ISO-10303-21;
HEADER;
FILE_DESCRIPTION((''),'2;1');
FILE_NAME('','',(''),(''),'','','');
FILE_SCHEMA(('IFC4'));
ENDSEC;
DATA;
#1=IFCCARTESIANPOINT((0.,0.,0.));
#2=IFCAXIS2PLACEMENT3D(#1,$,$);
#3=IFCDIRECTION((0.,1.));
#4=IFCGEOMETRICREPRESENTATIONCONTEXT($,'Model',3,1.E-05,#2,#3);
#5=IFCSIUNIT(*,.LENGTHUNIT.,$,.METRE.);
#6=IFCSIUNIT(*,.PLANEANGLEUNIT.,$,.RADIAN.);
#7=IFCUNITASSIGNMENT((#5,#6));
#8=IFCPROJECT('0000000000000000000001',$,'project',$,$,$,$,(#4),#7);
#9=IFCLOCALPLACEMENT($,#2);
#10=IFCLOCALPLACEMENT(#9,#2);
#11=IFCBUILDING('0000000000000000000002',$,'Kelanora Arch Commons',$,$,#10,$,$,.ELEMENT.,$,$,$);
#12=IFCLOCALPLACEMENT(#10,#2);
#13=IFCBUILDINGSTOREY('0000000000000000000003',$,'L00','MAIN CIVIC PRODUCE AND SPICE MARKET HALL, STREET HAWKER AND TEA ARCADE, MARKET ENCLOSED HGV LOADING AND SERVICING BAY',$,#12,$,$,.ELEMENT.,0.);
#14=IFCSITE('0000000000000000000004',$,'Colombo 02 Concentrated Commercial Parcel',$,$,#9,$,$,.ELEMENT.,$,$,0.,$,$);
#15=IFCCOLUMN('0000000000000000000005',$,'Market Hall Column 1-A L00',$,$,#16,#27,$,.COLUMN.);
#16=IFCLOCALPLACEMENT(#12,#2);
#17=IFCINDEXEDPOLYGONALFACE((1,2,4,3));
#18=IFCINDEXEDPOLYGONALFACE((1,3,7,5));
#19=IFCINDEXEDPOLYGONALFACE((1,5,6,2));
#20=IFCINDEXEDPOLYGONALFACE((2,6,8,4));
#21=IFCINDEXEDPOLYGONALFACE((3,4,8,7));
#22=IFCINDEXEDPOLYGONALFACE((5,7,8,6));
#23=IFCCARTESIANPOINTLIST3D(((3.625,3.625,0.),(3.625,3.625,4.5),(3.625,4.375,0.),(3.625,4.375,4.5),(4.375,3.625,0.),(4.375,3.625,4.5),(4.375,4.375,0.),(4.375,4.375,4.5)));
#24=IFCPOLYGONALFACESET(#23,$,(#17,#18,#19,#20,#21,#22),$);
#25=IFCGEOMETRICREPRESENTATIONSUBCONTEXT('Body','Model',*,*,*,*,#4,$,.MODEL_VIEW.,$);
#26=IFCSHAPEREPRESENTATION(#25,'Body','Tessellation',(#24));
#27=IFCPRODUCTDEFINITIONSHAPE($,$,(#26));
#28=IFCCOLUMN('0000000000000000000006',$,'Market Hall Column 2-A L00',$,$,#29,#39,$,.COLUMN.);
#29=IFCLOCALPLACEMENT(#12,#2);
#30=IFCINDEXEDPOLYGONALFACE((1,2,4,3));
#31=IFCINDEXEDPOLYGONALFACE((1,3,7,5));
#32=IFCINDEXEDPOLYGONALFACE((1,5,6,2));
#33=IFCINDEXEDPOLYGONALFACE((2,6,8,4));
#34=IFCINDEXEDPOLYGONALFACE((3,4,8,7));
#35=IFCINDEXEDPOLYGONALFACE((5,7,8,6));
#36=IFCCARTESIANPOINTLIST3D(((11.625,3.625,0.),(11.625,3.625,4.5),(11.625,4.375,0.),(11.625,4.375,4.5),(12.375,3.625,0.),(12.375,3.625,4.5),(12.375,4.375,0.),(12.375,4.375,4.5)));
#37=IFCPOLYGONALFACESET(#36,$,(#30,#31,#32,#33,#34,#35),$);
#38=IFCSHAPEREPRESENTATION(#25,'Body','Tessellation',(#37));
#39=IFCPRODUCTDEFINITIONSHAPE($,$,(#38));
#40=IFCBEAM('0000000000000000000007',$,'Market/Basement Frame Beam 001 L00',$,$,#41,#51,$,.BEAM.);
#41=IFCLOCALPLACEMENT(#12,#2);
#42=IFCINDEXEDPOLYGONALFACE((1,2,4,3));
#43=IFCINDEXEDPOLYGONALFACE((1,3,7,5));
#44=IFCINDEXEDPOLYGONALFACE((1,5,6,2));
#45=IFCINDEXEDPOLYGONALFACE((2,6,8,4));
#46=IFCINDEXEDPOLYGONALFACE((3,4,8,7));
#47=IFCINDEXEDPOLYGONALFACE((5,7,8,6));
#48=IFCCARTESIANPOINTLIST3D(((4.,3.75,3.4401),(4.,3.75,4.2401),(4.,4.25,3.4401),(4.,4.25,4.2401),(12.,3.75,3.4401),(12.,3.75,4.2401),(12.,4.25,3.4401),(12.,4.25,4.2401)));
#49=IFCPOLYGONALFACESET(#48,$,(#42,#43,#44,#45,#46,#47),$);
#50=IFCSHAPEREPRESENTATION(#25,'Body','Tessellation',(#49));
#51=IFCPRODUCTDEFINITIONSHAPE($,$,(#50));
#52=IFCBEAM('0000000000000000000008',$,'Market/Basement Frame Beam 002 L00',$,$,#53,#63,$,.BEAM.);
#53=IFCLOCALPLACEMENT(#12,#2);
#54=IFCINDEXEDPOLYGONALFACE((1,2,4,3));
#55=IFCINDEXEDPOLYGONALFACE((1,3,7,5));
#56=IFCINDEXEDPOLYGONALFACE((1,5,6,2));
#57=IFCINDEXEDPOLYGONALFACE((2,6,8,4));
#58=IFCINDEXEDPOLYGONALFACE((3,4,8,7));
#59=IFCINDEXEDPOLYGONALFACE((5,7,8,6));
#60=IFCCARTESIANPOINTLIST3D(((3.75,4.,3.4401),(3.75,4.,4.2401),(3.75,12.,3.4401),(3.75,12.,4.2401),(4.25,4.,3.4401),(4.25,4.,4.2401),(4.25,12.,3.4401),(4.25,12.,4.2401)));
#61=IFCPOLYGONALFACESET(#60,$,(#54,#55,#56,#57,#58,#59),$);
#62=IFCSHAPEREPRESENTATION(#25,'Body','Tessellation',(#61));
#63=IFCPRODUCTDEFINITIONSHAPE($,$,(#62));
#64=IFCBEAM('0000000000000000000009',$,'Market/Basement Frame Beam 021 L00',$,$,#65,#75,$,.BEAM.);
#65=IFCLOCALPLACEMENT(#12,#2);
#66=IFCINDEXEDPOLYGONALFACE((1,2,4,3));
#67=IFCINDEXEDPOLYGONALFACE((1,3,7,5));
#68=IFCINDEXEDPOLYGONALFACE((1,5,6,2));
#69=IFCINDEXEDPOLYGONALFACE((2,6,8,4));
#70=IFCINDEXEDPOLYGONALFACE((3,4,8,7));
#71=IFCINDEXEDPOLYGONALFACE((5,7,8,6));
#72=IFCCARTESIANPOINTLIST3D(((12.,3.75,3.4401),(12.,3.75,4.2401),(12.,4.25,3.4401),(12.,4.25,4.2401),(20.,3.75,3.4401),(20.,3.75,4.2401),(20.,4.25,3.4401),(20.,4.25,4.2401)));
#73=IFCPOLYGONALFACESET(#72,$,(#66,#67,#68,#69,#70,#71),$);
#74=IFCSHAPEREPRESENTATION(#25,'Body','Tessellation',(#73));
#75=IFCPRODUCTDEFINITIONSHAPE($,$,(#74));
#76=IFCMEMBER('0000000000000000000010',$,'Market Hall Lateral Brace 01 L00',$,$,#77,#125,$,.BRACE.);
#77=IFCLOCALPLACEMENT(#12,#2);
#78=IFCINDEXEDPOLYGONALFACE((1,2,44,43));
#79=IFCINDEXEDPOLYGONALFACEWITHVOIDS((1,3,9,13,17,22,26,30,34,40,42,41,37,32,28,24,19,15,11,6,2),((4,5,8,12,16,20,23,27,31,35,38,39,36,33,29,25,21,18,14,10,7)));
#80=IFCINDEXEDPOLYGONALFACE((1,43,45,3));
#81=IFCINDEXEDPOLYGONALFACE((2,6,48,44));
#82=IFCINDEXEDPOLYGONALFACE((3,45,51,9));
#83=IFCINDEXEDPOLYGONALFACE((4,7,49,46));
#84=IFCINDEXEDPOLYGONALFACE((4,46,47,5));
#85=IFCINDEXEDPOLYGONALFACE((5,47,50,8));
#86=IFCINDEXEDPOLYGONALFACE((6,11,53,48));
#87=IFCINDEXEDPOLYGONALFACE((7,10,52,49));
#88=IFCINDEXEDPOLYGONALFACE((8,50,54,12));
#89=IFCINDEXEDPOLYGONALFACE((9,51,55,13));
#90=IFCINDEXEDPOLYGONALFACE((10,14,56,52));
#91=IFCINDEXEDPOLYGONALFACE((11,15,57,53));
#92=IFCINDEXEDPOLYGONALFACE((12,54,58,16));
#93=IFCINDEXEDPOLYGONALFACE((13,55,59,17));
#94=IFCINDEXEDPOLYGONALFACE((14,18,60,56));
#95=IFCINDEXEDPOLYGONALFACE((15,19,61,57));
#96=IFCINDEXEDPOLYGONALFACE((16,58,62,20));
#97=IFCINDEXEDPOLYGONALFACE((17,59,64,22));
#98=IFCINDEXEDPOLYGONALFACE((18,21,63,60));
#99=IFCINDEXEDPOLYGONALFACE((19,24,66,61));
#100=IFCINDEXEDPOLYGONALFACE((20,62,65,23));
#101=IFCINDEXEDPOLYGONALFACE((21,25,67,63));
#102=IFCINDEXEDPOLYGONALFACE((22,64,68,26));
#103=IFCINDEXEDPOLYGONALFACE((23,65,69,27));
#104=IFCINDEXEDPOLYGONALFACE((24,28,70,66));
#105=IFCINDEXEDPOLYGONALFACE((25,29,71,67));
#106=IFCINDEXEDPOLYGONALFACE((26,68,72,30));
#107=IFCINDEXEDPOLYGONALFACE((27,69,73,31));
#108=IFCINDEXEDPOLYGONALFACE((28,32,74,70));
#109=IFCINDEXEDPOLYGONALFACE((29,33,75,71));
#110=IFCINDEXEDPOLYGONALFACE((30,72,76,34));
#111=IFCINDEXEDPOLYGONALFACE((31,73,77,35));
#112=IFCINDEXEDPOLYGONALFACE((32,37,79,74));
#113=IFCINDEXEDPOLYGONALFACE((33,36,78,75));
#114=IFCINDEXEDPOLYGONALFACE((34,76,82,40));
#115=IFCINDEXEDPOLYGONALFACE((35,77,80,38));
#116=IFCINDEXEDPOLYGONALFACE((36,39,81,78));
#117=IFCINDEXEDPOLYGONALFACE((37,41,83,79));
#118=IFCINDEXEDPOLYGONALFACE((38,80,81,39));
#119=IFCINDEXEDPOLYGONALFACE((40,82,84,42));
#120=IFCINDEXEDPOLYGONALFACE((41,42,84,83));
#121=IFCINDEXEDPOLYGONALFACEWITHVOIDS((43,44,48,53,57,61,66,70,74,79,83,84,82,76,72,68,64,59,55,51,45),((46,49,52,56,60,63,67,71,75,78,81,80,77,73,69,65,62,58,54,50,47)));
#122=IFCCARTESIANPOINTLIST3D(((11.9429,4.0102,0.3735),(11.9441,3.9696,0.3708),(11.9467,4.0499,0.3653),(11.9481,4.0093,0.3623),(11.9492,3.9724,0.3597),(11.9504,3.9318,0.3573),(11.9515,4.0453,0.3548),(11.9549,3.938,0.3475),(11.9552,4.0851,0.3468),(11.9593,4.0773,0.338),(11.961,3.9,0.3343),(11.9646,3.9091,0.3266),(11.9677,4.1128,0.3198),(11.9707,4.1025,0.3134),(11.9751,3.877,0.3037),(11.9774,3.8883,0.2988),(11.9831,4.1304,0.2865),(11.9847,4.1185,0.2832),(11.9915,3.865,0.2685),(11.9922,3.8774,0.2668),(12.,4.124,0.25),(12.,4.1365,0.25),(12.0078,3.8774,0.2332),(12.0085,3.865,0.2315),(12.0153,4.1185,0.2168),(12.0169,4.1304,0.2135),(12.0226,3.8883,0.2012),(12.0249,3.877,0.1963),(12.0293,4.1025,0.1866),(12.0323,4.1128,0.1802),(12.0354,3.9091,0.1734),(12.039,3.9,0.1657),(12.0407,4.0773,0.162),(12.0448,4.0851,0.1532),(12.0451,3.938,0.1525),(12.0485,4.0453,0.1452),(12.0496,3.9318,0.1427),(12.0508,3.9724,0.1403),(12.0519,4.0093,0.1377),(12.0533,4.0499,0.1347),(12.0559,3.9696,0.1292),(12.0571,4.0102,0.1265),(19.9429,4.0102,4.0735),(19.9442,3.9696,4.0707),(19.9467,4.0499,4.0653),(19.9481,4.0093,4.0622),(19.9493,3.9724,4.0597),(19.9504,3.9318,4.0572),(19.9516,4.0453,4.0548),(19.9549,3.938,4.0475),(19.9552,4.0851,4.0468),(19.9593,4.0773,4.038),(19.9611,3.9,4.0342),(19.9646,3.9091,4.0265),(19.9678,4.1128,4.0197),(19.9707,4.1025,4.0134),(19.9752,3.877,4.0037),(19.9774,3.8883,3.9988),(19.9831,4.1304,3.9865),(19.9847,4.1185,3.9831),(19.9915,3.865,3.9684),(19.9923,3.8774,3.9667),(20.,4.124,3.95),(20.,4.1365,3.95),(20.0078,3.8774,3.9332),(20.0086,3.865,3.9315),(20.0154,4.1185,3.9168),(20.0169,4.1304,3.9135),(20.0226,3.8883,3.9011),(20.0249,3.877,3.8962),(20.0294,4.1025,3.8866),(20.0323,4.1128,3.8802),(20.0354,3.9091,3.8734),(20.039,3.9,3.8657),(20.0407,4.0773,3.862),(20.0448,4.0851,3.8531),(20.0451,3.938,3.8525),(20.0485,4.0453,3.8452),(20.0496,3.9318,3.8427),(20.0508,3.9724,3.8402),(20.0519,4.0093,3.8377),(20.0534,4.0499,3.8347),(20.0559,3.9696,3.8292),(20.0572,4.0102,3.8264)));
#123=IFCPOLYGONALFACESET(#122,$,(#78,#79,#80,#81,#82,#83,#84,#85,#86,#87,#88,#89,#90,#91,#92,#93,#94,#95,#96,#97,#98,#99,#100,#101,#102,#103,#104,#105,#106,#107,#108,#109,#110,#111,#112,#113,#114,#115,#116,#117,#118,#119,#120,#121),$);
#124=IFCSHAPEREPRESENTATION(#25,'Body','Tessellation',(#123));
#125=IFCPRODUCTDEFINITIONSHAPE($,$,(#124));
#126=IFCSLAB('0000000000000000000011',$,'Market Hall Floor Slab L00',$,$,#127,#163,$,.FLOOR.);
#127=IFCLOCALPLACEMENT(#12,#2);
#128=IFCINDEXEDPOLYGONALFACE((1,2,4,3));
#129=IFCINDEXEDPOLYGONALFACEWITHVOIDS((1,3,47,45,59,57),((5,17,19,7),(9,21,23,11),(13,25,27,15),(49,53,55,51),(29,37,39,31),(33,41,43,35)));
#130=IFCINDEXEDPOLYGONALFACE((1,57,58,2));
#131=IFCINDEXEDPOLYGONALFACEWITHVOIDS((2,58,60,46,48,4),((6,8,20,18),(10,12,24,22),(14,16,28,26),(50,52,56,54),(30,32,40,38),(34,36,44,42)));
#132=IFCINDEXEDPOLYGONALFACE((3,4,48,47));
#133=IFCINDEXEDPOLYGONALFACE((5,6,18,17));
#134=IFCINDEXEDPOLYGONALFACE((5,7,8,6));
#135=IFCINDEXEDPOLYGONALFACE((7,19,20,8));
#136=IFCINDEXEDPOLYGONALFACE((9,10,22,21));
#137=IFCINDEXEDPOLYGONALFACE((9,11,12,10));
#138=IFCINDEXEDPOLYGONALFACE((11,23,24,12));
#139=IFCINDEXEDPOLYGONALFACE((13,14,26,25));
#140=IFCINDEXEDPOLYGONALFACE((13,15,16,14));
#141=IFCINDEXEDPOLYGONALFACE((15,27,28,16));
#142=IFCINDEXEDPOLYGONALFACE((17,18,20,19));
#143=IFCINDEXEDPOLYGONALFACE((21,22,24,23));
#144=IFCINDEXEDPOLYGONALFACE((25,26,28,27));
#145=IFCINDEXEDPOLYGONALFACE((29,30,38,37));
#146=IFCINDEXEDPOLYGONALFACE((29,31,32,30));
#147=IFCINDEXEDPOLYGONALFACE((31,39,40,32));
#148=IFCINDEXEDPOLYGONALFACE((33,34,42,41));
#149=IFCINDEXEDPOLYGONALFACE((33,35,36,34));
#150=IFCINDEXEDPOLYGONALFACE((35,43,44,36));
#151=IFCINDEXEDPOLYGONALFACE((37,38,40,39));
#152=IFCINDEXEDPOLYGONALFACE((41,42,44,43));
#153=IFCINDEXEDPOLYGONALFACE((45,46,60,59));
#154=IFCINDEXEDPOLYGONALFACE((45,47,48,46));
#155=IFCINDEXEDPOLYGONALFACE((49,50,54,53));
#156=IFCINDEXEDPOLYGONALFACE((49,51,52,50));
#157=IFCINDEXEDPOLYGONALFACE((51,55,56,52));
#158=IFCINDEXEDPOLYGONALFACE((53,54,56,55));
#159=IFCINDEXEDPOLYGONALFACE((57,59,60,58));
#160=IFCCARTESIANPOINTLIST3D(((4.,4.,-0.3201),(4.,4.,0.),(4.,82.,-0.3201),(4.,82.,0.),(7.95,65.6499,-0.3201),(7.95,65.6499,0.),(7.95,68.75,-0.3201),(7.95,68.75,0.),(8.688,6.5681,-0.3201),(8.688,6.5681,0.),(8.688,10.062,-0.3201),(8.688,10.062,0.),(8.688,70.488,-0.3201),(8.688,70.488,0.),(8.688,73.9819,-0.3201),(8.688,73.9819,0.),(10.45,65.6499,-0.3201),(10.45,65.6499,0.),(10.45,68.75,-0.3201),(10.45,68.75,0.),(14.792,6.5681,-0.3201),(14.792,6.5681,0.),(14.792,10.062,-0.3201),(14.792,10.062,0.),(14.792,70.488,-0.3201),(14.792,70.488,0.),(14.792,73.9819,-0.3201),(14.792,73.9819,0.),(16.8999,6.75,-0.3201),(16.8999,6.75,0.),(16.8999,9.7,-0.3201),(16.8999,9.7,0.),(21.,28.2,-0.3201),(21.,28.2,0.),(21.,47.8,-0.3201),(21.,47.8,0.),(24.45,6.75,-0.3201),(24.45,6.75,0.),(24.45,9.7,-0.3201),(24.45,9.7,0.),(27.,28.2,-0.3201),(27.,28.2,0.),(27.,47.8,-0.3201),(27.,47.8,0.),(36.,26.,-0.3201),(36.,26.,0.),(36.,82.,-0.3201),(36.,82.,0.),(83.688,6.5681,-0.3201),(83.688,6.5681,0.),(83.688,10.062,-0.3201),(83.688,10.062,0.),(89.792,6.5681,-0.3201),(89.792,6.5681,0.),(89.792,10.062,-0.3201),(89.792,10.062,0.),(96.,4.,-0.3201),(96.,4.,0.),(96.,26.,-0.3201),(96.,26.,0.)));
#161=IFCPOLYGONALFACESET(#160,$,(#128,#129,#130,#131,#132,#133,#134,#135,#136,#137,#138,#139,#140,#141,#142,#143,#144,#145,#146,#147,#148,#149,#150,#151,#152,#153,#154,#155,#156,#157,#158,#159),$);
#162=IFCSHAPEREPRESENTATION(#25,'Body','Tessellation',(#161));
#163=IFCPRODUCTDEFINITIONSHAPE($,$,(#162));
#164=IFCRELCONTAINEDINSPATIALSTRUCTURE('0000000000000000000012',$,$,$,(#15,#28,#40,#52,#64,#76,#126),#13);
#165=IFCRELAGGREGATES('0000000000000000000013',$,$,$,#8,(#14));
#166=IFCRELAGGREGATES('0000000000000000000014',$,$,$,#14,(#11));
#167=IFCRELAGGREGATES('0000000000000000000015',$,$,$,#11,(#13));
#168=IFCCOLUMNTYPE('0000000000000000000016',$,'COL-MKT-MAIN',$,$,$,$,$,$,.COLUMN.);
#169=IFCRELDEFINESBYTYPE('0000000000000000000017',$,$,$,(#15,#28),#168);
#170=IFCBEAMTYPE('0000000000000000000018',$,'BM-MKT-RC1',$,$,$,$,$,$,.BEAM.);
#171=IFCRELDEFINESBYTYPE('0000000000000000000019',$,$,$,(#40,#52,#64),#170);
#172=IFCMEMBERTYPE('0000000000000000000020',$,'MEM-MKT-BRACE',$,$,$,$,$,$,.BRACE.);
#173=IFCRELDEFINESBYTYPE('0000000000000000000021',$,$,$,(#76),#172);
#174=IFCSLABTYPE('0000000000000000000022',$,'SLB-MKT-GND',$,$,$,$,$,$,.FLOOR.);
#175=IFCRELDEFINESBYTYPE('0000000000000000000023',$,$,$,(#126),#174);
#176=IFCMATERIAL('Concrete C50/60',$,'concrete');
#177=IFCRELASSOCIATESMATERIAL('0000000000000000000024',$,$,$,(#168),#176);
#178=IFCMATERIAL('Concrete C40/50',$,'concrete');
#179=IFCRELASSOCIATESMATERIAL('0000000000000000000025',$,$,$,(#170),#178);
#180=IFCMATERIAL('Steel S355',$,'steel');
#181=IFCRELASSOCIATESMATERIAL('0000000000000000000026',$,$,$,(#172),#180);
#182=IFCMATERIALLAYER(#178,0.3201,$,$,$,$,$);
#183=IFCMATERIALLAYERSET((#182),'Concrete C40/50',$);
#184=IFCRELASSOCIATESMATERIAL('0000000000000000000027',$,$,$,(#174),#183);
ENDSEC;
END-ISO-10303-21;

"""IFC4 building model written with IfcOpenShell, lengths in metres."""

from ifc_helpers import new_model, si_unit, direction, frame, origin, origin_2d, place, context, subcontext, project, spatial, polyline, rectangle, hollow_circle, outline, extrude, material, layer, layer_set, material_profile, profile_set, type_object, element, save


model = new_model("IFC4")

# Units and contexts
model_context = context("Model", 3, precision=1e-05, world=origin(), true_north=direction((0.0, 1.0)))
body_context = subcontext(model_context, "Body", "Model", "MODEL_VIEW")
ifc_project = project(units=[si_unit("LENGTHUNIT", "METRE"), si_unit("PLANEANGLEUNIT", "RADIAN")], contexts=[model_context])

# Site, building, storey
site_placement = place(None, origin())
site = spatial("IfcSite", under=ifc_project, at=site_placement, Name="Colombo 02 Concentrated Commercial Parcel", CompositionType="ELEMENT", RefElevation=0.0)
building_placement = place(site_placement, origin())
building = spatial("IfcBuilding", under=site, at=building_placement, Name="Kelanora Arch Commons", CompositionType="ELEMENT")
storey_placement = place(building_placement, origin())
storey = spatial("IfcBuildingStorey", under=building, at=storey_placement, Name="L00", Description="MAIN CIVIC PRODUCE AND SPICE MARKET HALL, STREET HAWKER AND TEA ARCADE, MARKET ENCLOSED HGV LOADING AND SERVICING BAY", CompositionType="ELEMENT", Elevation=0.0)

# Columns
ifc_material_1 = material(Name="Concrete C50/60", Category="concrete")
ifc_material_profile_1 = material_profile(ifc_material_1, rectangle(XDim=0.75, YDim=0.75, at=origin_2d()), Name="RC750x750")
ifc_profile_set_1 = profile_set([ifc_material_profile_1], Name="Concrete C50/60")
column_type = type_object("IfcColumnType", Name="COL-MKT-MAIN", PredefinedType="COLUMN", material=ifc_profile_set_1)
for number, where, z_axis, x_axis, name in (
    (1, (4.0, 4.0, 0.0), (0.0, 0.0, 1.0), (1.0, 0.0, 0.0), "Market Hall Column 1-A L00"),
    (2, (12.0, 4.0, 0.0), (0.0, 0.0, 1.0), (1.0, 0.0, 0.0), "Market Hall Column 2-A L00"),
):
    element("IfcColumn", number, at=place(storey_placement, frame(where, z_axis=z_axis, x_axis=x_axis)), inside=storey, type_object=column_type, Name=name, PredefinedType="COLUMN", context=body_context, shape_type="SweptSolid", body=[
        extrude(rectangle(XDim=0.75, YDim=0.75, at=origin_2d()), origin(), (0.0, 0.0, 1.0), 4.5),
    ])

# Beams
ifc_material_2 = material(Name="Concrete C40/50", Category="concrete")
ifc_material_profile_2 = material_profile(ifc_material_2, rectangle(XDim=0.5, YDim=0.8, at=origin_2d()), Name="RCB500x800")
ifc_profile_set_2 = profile_set([ifc_material_profile_2], Name="Concrete C40/50")
beam_type = type_object("IfcBeamType", Name="BM-MKT-RC1", PredefinedType="BEAM", material=ifc_profile_set_2)
for number, where, z_axis, x_axis, name in (
    (3, (4.0, 4.0, 3.8401), (1.0, 0.0, 0.0), (0.0, 1.0, 0.0), "Market/Basement Frame Beam 001 L00"),
    (4, (4.0, 4.0, 3.8401), (0.0, 1.0, 0.0), (-1.0, 0.0, 0.0), "Market/Basement Frame Beam 002 L00"),
    (5, (12.0, 4.0, 3.8401), (1.0, 0.0, 0.0), (0.0, 1.0, 0.0), "Market/Basement Frame Beam 021 L00"),
):
    element("IfcBeam", number, at=place(storey_placement, frame(where, z_axis=z_axis, x_axis=x_axis)), inside=storey, type_object=beam_type, Name=name, PredefinedType="BEAM", context=body_context, shape_type="SweptSolid", body=[
        extrude(rectangle(XDim=0.5, YDim=0.8, at=origin_2d()), origin(), (0.0, 0.0, 1.0), 8.0),
    ])

# Member
ifc_material_3 = material(Name="Steel S355", Category="steel")
ifc_material_profile_3 = material_profile(ifc_material_3, hollow_circle(Radius=0.1365, WallThickness=0.0125, at=origin_2d()), Name="CHS273x12.5")
ifc_profile_set_3 = profile_set([ifc_material_profile_3], Name="Steel S355")
member_type = type_object("IfcMemberType", Name="MEM-MKT-BRACE", PredefinedType="BRACE", material=ifc_profile_set_3)
member_placement = place(storey_placement, frame((12.0, 4.0, 0.25), z_axis=(0.907629, 0.0, 0.419773), x_axis=(0.0, 1.0, 0.0)))
element("IfcMember", 6, at=member_placement, inside=storey, type_object=member_type, Name="Market Hall Lateral Brace 01 L00", PredefinedType="BRACE", context=body_context, shape_type="SweptSolid", body=[
    extrude(hollow_circle(Radius=0.1365, WallThickness=0.0125, at=origin_2d()), origin(), (0.0, 0.0, 1.0), 8.8142),
])

# Slab
ifc_layer_1 = layer(ifc_material_2, 0.3201)
ifc_layer_set_1 = layer_set([ifc_layer_1], Name="Concrete C40/50")
slab_type_1 = type_object("IfcSlabType", Name="SLB-MKT-GND", PredefinedType="FLOOR", material=ifc_layer_set_1)
slab_1_placement = place(storey_placement, frame((0.0, 0.0, -0.3201)))
element("IfcSlab", 7, at=slab_1_placement, inside=storey, type_object=slab_type_1, Name="Market Hall Floor Slab L00", PredefinedType="FLOOR", context=body_context, shape_type="SweptSolid", body=[
    extrude(outline(polyline([(4.0, 4.0), (96.0, 4.0), (96.0, 26.0), (36.0, 26.0), (36.0, 82.0), (4.0, 82.0), (4.0, 4.0)]), holes=[polyline([(24.45, 6.75), (16.8999, 6.75), (16.8999, 9.7), (24.45, 9.7), (24.45, 6.75)]), polyline([(8.688, 6.5681), (8.688, 10.062), (14.792, 10.062), (14.792, 6.5681), (8.688, 6.5681)]), polyline([(83.688, 6.5681), (83.688, 10.062), (89.792, 10.062), (89.792, 6.5681), (83.688, 6.5681)]), polyline([(27.0, 28.2), (21.0, 28.2), (21.0, 47.8), (27.0, 47.8), (27.0, 28.2)]), polyline([(7.95, 65.6499), (7.95, 68.75), (10.45, 68.75), (10.45, 65.6499), (7.95, 65.6499)]), polyline([(8.688, 70.488), (8.688, 73.9819), (14.792, 73.9819), (14.792, 70.488), (8.688, 70.488)])]), origin(), (0.0, 0.0, 1.0), 0.3201),
])

save(model, "model.ifc")
